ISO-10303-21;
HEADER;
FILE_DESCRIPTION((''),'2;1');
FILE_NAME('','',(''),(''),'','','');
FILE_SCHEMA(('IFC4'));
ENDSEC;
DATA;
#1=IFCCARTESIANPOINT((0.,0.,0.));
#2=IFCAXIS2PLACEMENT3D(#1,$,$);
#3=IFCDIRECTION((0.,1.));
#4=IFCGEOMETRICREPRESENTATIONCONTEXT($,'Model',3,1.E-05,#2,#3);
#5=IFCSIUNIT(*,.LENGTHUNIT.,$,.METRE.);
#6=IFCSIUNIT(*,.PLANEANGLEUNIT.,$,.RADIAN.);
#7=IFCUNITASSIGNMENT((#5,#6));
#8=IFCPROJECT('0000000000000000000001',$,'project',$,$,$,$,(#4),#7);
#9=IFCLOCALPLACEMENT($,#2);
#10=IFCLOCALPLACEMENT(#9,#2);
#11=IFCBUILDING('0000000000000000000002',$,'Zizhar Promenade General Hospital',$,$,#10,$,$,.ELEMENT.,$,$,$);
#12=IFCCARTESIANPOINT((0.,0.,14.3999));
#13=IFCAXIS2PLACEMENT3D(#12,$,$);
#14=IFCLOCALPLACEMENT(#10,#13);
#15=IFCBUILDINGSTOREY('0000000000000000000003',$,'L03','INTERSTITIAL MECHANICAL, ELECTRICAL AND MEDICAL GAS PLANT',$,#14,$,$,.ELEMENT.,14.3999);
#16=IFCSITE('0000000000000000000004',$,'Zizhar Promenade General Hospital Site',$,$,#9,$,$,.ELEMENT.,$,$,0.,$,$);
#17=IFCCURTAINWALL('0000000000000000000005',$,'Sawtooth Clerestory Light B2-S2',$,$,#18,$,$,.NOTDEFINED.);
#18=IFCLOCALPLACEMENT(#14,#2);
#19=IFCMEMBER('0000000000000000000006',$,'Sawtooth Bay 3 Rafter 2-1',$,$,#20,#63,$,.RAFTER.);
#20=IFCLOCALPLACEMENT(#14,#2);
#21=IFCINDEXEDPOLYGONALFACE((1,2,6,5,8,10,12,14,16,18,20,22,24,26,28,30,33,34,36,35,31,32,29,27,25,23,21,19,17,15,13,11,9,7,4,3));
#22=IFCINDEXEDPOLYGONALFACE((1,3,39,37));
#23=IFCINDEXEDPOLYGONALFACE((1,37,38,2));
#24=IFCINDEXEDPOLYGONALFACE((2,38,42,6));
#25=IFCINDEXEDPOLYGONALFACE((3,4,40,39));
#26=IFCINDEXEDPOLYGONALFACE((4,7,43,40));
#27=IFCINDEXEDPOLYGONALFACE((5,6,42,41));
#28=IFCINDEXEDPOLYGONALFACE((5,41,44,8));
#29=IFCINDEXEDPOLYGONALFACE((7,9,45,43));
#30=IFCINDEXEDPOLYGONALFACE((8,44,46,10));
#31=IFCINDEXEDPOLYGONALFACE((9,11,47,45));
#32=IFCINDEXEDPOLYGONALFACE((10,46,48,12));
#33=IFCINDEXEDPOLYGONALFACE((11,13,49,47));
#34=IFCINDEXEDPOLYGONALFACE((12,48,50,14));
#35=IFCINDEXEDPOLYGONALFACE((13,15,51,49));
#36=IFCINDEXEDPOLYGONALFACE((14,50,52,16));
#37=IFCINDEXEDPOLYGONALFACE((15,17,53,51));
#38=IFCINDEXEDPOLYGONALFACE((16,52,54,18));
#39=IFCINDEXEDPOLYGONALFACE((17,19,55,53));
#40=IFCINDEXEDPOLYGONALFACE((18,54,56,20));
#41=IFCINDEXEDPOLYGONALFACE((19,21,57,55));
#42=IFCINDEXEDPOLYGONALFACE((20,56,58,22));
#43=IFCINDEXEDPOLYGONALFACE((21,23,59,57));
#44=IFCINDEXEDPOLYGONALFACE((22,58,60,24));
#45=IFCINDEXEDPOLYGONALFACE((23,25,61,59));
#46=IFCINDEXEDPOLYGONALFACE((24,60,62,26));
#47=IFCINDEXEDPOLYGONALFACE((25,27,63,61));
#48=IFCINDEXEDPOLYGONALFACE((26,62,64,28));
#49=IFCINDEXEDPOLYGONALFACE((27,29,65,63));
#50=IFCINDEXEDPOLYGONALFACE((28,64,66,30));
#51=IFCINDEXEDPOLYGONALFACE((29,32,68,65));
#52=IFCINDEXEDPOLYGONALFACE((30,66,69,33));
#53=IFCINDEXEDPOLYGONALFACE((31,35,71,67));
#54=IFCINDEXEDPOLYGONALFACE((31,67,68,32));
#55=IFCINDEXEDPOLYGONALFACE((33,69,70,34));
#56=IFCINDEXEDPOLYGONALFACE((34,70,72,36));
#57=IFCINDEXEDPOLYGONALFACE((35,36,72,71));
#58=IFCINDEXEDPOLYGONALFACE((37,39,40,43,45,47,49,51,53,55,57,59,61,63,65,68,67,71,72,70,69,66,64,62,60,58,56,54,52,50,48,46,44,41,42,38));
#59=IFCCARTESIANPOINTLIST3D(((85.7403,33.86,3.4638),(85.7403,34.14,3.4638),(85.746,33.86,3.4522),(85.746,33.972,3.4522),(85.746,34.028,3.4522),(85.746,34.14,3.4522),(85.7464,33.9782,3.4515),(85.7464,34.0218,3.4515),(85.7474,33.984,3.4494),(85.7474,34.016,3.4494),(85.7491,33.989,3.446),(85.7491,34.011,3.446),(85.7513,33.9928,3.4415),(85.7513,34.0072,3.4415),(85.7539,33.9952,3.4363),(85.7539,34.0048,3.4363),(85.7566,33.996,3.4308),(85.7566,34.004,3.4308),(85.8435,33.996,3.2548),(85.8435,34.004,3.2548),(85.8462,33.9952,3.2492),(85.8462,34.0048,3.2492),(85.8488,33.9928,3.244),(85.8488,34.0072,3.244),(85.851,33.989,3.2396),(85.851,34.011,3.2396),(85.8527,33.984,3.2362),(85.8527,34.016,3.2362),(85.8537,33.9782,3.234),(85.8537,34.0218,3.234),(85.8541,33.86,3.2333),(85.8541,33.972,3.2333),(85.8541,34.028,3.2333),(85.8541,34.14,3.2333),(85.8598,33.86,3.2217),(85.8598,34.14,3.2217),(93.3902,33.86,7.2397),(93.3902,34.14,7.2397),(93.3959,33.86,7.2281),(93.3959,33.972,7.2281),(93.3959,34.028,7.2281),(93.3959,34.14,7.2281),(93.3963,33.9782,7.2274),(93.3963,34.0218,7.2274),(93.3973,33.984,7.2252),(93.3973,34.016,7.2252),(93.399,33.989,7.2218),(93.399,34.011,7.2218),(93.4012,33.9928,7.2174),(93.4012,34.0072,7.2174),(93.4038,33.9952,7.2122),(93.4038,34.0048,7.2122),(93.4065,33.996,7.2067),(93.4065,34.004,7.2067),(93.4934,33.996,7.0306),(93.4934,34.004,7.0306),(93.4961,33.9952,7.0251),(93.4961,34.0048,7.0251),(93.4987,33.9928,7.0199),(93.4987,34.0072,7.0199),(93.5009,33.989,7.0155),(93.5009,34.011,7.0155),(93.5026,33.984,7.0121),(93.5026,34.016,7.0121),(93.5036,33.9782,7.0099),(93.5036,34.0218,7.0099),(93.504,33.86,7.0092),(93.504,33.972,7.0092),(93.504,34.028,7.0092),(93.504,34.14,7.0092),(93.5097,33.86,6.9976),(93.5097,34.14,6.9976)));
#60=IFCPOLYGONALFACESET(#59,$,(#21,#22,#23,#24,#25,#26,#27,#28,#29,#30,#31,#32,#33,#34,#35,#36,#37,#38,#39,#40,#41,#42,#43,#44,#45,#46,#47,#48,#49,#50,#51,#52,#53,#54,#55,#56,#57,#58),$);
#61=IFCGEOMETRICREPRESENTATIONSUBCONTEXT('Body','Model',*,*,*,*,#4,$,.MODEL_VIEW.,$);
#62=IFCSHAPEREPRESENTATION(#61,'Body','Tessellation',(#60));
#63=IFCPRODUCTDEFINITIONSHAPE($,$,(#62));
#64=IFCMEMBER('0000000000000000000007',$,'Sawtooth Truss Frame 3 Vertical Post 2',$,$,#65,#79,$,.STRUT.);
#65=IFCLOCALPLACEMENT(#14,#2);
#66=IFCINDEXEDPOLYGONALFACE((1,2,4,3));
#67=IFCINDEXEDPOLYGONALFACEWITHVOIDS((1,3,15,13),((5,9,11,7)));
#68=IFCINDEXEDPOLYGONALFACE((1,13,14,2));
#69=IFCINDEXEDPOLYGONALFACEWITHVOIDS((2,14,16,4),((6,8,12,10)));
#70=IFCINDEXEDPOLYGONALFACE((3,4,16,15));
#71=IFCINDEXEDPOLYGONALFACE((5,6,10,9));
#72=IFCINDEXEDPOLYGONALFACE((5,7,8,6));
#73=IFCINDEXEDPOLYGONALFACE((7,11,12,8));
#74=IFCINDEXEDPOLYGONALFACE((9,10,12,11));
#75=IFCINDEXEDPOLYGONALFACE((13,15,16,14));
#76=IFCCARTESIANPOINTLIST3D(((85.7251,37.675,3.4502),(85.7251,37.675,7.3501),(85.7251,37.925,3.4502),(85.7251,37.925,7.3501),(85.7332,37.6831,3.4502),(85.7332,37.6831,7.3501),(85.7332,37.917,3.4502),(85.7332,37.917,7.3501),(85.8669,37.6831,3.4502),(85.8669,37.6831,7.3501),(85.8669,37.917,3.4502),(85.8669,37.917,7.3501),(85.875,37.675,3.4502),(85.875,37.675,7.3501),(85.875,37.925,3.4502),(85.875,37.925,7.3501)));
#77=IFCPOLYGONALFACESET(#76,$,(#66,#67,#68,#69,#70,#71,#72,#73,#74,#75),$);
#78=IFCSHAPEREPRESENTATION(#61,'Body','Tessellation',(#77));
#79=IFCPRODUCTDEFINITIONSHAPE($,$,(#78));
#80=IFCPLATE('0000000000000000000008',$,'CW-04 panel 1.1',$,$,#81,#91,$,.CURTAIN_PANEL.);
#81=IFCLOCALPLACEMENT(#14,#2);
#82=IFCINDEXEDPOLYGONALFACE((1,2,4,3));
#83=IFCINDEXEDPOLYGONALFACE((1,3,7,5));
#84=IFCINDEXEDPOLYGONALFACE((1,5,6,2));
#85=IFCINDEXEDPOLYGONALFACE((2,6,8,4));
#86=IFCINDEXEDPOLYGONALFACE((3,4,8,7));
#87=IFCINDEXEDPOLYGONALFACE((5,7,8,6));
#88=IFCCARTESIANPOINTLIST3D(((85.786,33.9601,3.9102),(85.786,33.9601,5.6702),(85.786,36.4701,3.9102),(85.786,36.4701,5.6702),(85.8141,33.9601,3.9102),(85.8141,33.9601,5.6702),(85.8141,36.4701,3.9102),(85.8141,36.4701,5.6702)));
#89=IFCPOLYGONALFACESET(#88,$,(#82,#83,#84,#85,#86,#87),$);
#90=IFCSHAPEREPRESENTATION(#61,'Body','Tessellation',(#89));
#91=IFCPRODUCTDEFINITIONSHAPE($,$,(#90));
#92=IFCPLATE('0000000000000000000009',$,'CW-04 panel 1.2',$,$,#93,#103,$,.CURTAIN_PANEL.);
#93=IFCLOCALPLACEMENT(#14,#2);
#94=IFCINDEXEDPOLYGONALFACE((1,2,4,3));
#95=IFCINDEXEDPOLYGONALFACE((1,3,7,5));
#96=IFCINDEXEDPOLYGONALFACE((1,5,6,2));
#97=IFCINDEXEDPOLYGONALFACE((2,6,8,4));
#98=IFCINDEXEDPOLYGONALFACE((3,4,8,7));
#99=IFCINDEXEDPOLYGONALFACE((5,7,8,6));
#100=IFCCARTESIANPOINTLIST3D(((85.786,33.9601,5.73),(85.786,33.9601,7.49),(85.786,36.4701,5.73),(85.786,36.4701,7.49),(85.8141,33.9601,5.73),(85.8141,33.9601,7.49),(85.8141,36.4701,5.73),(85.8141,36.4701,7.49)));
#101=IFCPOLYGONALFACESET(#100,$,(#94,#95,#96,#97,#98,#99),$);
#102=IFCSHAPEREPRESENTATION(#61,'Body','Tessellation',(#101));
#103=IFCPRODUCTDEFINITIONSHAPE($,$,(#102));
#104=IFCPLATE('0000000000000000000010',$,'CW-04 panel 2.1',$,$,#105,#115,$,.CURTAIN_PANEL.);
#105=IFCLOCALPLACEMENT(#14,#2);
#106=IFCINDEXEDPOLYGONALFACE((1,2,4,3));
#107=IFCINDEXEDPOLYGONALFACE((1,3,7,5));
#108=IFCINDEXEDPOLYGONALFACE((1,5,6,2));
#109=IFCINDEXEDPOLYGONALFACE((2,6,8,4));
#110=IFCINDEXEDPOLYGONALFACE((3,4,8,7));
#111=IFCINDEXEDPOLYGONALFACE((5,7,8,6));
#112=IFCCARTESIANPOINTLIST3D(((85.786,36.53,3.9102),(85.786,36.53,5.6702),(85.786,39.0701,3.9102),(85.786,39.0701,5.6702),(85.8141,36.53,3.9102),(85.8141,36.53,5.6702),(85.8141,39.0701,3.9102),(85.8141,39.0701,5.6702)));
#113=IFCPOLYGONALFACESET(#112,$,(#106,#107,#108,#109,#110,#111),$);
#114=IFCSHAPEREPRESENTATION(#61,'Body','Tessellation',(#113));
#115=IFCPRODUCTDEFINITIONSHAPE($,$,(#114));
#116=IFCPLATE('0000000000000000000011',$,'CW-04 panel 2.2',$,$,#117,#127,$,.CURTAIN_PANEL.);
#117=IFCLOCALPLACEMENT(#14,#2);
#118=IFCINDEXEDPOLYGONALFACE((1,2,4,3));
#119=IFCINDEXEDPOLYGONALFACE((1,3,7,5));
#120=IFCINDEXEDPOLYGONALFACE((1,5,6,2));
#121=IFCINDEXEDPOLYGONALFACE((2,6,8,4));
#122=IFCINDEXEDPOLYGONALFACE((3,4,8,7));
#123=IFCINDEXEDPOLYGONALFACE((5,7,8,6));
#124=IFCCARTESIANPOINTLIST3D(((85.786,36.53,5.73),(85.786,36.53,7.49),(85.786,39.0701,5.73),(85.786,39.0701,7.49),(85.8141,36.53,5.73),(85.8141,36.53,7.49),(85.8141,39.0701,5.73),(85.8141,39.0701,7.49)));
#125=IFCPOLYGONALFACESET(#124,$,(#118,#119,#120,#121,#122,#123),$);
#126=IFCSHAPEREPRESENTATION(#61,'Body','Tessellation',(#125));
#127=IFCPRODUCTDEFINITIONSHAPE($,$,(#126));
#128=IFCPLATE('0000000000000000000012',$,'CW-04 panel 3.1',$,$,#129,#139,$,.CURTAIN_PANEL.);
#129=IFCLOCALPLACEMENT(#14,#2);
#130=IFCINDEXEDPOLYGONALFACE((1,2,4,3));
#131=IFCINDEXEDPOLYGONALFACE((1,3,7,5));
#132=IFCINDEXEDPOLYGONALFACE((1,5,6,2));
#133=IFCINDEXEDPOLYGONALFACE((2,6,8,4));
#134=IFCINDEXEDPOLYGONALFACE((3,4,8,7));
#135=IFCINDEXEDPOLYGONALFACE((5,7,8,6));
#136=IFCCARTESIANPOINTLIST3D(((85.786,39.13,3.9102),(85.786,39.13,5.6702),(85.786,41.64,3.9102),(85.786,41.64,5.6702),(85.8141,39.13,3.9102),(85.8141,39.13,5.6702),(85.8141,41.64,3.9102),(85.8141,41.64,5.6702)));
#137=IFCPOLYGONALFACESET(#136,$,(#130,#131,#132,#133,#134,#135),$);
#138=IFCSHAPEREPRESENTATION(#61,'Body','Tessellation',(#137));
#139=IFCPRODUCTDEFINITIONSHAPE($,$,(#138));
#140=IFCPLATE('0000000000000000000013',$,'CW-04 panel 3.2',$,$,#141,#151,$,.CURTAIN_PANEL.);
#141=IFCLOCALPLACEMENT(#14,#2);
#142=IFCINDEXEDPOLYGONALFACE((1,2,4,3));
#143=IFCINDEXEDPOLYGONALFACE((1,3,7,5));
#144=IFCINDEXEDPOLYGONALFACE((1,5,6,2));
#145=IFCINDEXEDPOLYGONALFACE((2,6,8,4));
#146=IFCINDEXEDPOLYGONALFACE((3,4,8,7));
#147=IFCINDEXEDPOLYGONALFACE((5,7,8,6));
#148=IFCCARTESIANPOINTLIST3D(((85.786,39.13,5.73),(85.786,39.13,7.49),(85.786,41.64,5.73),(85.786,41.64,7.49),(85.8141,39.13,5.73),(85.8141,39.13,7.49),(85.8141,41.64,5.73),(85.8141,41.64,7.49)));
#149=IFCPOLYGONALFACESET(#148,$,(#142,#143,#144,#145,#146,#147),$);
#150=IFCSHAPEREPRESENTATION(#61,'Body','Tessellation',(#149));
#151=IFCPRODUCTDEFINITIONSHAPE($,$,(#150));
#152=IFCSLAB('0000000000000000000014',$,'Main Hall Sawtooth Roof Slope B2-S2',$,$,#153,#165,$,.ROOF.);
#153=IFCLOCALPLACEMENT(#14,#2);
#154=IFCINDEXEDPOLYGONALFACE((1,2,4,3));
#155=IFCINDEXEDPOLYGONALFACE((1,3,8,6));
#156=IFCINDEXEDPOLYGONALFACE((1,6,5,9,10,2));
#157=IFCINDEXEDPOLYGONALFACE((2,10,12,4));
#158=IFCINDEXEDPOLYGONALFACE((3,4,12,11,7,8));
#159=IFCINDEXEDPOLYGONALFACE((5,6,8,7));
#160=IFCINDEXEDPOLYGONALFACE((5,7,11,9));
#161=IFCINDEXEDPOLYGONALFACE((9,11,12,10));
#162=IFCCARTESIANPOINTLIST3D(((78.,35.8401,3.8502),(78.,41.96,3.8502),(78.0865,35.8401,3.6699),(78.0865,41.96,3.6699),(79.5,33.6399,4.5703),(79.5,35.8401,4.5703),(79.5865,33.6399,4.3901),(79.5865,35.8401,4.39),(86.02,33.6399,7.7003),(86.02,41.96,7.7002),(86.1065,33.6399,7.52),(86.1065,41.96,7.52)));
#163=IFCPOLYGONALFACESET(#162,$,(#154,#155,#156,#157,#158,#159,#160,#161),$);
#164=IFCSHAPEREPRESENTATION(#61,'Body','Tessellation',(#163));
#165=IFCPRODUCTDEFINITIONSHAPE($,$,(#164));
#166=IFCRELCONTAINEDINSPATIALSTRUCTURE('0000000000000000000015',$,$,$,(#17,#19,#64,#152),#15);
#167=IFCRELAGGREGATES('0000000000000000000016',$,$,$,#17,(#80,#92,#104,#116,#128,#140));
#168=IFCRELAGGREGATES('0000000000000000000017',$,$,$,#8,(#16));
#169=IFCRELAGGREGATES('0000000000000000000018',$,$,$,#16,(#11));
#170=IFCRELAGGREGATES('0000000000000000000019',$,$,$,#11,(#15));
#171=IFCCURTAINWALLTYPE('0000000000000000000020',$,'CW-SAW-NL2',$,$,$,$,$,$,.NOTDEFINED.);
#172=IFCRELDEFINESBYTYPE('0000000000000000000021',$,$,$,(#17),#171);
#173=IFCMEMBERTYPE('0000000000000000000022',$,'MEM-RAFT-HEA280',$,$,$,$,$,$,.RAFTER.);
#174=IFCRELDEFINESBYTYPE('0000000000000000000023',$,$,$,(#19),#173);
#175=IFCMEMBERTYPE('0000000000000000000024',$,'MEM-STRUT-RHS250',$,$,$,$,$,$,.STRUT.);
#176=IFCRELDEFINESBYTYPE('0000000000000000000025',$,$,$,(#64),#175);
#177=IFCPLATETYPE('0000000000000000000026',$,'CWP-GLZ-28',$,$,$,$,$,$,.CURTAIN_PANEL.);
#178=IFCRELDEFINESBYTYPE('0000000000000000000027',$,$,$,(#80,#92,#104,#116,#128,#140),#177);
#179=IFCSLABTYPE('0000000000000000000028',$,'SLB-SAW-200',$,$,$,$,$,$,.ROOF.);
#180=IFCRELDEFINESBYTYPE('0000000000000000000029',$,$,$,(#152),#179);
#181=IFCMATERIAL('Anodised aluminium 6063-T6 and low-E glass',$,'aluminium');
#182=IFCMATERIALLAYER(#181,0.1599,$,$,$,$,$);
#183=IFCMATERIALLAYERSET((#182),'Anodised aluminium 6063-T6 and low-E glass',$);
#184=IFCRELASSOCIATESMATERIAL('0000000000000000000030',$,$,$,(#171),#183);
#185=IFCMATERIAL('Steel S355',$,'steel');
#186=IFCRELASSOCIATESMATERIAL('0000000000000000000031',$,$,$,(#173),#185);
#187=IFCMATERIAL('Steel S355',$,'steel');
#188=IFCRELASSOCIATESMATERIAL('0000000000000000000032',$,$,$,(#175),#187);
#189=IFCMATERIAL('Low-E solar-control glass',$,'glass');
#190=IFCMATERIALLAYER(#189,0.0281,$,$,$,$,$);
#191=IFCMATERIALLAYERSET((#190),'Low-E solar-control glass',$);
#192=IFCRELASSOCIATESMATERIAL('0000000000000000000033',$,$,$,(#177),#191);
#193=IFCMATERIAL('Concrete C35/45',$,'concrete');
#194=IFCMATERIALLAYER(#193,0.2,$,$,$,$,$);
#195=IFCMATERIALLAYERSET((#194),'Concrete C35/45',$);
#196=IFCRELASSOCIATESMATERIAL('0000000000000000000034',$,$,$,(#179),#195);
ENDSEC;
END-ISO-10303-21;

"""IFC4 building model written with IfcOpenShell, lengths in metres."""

from ifc_helpers import new_model, si_unit, direction, frame, origin, origin_2d, place, context, subcontext, project, spatial, polyline, rectangle, hollow_rectangle, i_section, outline, extrude, material, layer, layer_set, material_profile, profile_set, type_object, element, aggregate, save


model = new_model("IFC4")

# Units and contexts
model_context = context("Model", 3, precision=1e-05, world=origin(), true_north=direction((0.0, 1.0)))
body_context = subcontext(model_context, "Body", "Model", "MODEL_VIEW")
ifc_project = project(units=[si_unit("LENGTHUNIT", "METRE"), si_unit("PLANEANGLEUNIT", "RADIAN")], contexts=[model_context])

# Site, building, storey
site_placement = place(None, origin())
site = spatial("IfcSite", under=ifc_project, at=site_placement, Name="Zizhar Promenade General Hospital Site", CompositionType="ELEMENT", RefElevation=0.0)
building_placement = place(site_placement, origin())
building = spatial("IfcBuilding", under=site, at=building_placement, Name="Zizhar Promenade General Hospital", CompositionType="ELEMENT")
storey_placement = place(building_placement, frame((0.0, 0.0, 14.3999)))
storey = spatial("IfcBuildingStorey", under=building, at=storey_placement, Name="L03", Description="INTERSTITIAL MECHANICAL, ELECTRICAL AND MEDICAL GAS PLANT", CompositionType="ELEMENT", Elevation=14.3999)

# Curtain wall
ifc_material_1 = material(Name="Anodised aluminium 6063-T6 and low-E glass", Category="aluminium")
ifc_layer_1 = layer(ifc_material_1, 0.1599)
ifc_layer_set_1 = layer_set([ifc_layer_1], Name="Anodised aluminium 6063-T6 and low-E glass")
curtain_wall_type = type_object("IfcCurtainWallType", Name="CW-SAW-NL2", PredefinedType="NOTDEFINED", material=ifc_layer_set_1)
curtain_wall_placement = place(storey_placement, origin())
curtain_wall = element("IfcCurtainWall", 1, at=curtain_wall_placement, inside=storey, type_object=curtain_wall_type, Name="Sawtooth Clerestory Light B2-S2", PredefinedType="NOTDEFINED")

# Members
ifc_material_2 = material(Name="Steel S355", Category="steel")
ifc_material_profile_1 = material_profile(ifc_material_2, i_section(OverallWidth=0.28, OverallDepth=0.27, WebThickness=0.0081, FlangeThickness=0.0129, FilletRadius=0.0239, at=origin_2d()))
ifc_profile_set_1 = profile_set([ifc_material_profile_1], Name="Steel S355")
member_type_1 = type_object("IfcMemberType", Name="MEM-RAFT-HEA280", PredefinedType="RAFTER", material=ifc_profile_set_1)
member_1_placement = place(storey_placement, frame((85.8, 34.0, 3.3428), z_axis=(0.896716, 0.0, 0.442606), x_axis=(0.0, 1.0, 0.0)))
element("IfcMember", 2, at=member_1_placement, inside=storey, type_object=member_type_1, Name="Sawtooth Bay 3 Rafter 2-1", PredefinedType="RAFTER", context=body_context, shape_type="SweptSolid", body=[
    extrude(i_section(OverallWidth=0.28, OverallDepth=0.27, WebThickness=0.0081, FlangeThickness=0.0129, FilletRadius=0.0239, at=origin_2d()), origin(), (0.0, 0.0, 1.0), 8.531),
])
ifc_material_3 = material(Name="Steel S355", Category="steel")
ifc_material_profile_2 = material_profile(ifc_material_3, hollow_rectangle(XDim=0.1499, YDim=0.25, WallThickness=0.0081, at=origin_2d()))
ifc_profile_set_2 = profile_set([ifc_material_profile_2], Name="Steel S355")
member_type_2 = type_object("IfcMemberType", Name="MEM-STRUT-RHS250", PredefinedType="STRUT", material=ifc_profile_set_2)
member_2_placement = place(storey_placement, frame((85.8, 37.8, 3.4502), z_axis=(0.0, 0.0, 1.0), x_axis=(1.0, 0.0, 0.0)))
element("IfcMember", 3, at=member_2_placement, inside=storey, type_object=member_type_2, Name="Sawtooth Truss Frame 3 Vertical Post 2", PredefinedType="STRUT", context=body_context, shape_type="SweptSolid", body=[
    extrude(hollow_rectangle(XDim=0.1499, YDim=0.25, WallThickness=0.0081, at=origin_2d()), origin(), (0.0, 0.0, 1.0), 3.8999),
])

# Plates
ifc_material_4 = material(Name="Low-E solar-control glass", Category="glass")
ifc_layer_2 = layer(ifc_material_4, 0.0281)
ifc_layer_set_2 = layer_set([ifc_layer_2], Name="Low-E solar-control glass")
plate_type = type_object("IfcPlateType", Name="CWP-GLZ-28", PredefinedType="CURTAIN_PANEL", material=ifc_layer_set_2)
plate_1_placement = place(storey_placement, frame((85.8, 35.2151, 3.9102), z_axis=(0.0, 0.0, 1.0), x_axis=(0.0, 1.0, 0.0)))
plate_1 = element("IfcPlate", 4, at=plate_1_placement, type_object=plate_type, Name="CW-04 panel 1.1", PredefinedType="CURTAIN_PANEL", context=body_context, shape_type="SweptSolid", body=[
    extrude(rectangle(XDim=2.51, YDim=0.0281, at=origin_2d()), origin(), (0.0, 0.0, 1.0), 1.76),
])
plate_2_placement = place(storey_placement, frame((85.8, 35.2151, 5.73), z_axis=(0.0, 0.0, 1.0), x_axis=(0.0, 1.0, 0.0)))
plate_2 = element("IfcPlate", 5, at=plate_2_placement, type_object=plate_type, Name="CW-04 panel 1.2", PredefinedType="CURTAIN_PANEL", context=body_context, shape_type="SweptSolid", body=[
    extrude(rectangle(XDim=2.51, YDim=0.0281, at=origin_2d()), origin(), (0.0, 0.0, 1.0), 1.76),
])
plate_3_placement = place(storey_placement, frame((85.8, 37.8, 3.9102), z_axis=(0.0, 0.0, 1.0), x_axis=(0.0, 1.0, 0.0)))
plate_3 = element("IfcPlate", 6, at=plate_3_placement, type_object=plate_type, Name="CW-04 panel 2.1", PredefinedType="CURTAIN_PANEL", context=body_context, shape_type="SweptSolid", body=[
    extrude(rectangle(XDim=2.54, YDim=0.0281, at=origin_2d()), origin(), (0.0, 0.0, 1.0), 1.76),
])
plate_4_placement = place(storey_placement, frame((85.8, 37.8, 5.73), z_axis=(0.0, 0.0, 1.0), x_axis=(0.0, 1.0, 0.0)))
plate_4 = element("IfcPlate", 7, at=plate_4_placement, type_object=plate_type, Name="CW-04 panel 2.2", PredefinedType="CURTAIN_PANEL", context=body_context, shape_type="SweptSolid", body=[
    extrude(rectangle(XDim=2.54, YDim=0.0281, at=origin_2d()), origin(), (0.0, 0.0, 1.0), 1.76),
])
plate_5_placement = place(storey_placement, frame((85.8, 40.385, 3.9102), z_axis=(0.0, 0.0, 1.0), x_axis=(0.0, 1.0, 0.0)))
plate_5 = element("IfcPlate", 8, at=plate_5_placement, type_object=plate_type, Name="CW-04 panel 3.1", PredefinedType="CURTAIN_PANEL", context=body_context, shape_type="SweptSolid", body=[
    extrude(rectangle(XDim=2.51, YDim=0.0281, at=origin_2d()), origin(), (0.0, 0.0, 1.0), 1.76),
])
plate_6_placement = place(storey_placement, frame((85.8, 40.385, 5.73), z_axis=(0.0, 0.0, 1.0), x_axis=(0.0, 1.0, 0.0)))
plate_6 = element("IfcPlate", 9, at=plate_6_placement, type_object=plate_type, Name="CW-04 panel 3.2", PredefinedType="CURTAIN_PANEL", context=body_context, shape_type="SweptSolid", body=[
    extrude(rectangle(XDim=2.51, YDim=0.0281, at=origin_2d()), origin(), (0.0, 0.0, 1.0), 1.76),
])
aggregate(curtain_wall, [plate_1, plate_2, plate_3, plate_4, plate_5, plate_6])

# Slab
ifc_material_5 = material(Name="Concrete C35/45", Category="concrete")
ifc_layer_3 = layer(ifc_material_5, 0.2)
ifc_layer_set_3 = layer_set([ifc_layer_3], Name="Concrete C35/45")
slab_type = type_object("IfcSlabType", Name="SLB-SAW-200", PredefinedType="ROOF", material=ifc_layer_set_3)
slab_placement = place(storey_placement, frame((79.5, 33.6399, 4.5703), z_axis=(-0.432773, 0.000007, 0.901503), x_axis=(0.901503, 0.0, 0.432773)))
element("IfcSlab", 10, at=slab_placement, inside=storey, type_object=slab_type, Name="Main Hall Sawtooth Roof Slope B2-S2", PredefinedType="ROOF", context=body_context, shape_type="SweptSolid", body=[
    extrude(outline(polyline([(0.0, 0.0), (7.2323, 0.0), (7.2323, 8.3201), (-1.6639, 8.3201), (-1.6639, 2.2002), (0.0, 2.2002), (0.0, 0.0)])), origin(), (0.0, 0.0, -1.0), 0.2),
])

save(model, "model.ifc")
